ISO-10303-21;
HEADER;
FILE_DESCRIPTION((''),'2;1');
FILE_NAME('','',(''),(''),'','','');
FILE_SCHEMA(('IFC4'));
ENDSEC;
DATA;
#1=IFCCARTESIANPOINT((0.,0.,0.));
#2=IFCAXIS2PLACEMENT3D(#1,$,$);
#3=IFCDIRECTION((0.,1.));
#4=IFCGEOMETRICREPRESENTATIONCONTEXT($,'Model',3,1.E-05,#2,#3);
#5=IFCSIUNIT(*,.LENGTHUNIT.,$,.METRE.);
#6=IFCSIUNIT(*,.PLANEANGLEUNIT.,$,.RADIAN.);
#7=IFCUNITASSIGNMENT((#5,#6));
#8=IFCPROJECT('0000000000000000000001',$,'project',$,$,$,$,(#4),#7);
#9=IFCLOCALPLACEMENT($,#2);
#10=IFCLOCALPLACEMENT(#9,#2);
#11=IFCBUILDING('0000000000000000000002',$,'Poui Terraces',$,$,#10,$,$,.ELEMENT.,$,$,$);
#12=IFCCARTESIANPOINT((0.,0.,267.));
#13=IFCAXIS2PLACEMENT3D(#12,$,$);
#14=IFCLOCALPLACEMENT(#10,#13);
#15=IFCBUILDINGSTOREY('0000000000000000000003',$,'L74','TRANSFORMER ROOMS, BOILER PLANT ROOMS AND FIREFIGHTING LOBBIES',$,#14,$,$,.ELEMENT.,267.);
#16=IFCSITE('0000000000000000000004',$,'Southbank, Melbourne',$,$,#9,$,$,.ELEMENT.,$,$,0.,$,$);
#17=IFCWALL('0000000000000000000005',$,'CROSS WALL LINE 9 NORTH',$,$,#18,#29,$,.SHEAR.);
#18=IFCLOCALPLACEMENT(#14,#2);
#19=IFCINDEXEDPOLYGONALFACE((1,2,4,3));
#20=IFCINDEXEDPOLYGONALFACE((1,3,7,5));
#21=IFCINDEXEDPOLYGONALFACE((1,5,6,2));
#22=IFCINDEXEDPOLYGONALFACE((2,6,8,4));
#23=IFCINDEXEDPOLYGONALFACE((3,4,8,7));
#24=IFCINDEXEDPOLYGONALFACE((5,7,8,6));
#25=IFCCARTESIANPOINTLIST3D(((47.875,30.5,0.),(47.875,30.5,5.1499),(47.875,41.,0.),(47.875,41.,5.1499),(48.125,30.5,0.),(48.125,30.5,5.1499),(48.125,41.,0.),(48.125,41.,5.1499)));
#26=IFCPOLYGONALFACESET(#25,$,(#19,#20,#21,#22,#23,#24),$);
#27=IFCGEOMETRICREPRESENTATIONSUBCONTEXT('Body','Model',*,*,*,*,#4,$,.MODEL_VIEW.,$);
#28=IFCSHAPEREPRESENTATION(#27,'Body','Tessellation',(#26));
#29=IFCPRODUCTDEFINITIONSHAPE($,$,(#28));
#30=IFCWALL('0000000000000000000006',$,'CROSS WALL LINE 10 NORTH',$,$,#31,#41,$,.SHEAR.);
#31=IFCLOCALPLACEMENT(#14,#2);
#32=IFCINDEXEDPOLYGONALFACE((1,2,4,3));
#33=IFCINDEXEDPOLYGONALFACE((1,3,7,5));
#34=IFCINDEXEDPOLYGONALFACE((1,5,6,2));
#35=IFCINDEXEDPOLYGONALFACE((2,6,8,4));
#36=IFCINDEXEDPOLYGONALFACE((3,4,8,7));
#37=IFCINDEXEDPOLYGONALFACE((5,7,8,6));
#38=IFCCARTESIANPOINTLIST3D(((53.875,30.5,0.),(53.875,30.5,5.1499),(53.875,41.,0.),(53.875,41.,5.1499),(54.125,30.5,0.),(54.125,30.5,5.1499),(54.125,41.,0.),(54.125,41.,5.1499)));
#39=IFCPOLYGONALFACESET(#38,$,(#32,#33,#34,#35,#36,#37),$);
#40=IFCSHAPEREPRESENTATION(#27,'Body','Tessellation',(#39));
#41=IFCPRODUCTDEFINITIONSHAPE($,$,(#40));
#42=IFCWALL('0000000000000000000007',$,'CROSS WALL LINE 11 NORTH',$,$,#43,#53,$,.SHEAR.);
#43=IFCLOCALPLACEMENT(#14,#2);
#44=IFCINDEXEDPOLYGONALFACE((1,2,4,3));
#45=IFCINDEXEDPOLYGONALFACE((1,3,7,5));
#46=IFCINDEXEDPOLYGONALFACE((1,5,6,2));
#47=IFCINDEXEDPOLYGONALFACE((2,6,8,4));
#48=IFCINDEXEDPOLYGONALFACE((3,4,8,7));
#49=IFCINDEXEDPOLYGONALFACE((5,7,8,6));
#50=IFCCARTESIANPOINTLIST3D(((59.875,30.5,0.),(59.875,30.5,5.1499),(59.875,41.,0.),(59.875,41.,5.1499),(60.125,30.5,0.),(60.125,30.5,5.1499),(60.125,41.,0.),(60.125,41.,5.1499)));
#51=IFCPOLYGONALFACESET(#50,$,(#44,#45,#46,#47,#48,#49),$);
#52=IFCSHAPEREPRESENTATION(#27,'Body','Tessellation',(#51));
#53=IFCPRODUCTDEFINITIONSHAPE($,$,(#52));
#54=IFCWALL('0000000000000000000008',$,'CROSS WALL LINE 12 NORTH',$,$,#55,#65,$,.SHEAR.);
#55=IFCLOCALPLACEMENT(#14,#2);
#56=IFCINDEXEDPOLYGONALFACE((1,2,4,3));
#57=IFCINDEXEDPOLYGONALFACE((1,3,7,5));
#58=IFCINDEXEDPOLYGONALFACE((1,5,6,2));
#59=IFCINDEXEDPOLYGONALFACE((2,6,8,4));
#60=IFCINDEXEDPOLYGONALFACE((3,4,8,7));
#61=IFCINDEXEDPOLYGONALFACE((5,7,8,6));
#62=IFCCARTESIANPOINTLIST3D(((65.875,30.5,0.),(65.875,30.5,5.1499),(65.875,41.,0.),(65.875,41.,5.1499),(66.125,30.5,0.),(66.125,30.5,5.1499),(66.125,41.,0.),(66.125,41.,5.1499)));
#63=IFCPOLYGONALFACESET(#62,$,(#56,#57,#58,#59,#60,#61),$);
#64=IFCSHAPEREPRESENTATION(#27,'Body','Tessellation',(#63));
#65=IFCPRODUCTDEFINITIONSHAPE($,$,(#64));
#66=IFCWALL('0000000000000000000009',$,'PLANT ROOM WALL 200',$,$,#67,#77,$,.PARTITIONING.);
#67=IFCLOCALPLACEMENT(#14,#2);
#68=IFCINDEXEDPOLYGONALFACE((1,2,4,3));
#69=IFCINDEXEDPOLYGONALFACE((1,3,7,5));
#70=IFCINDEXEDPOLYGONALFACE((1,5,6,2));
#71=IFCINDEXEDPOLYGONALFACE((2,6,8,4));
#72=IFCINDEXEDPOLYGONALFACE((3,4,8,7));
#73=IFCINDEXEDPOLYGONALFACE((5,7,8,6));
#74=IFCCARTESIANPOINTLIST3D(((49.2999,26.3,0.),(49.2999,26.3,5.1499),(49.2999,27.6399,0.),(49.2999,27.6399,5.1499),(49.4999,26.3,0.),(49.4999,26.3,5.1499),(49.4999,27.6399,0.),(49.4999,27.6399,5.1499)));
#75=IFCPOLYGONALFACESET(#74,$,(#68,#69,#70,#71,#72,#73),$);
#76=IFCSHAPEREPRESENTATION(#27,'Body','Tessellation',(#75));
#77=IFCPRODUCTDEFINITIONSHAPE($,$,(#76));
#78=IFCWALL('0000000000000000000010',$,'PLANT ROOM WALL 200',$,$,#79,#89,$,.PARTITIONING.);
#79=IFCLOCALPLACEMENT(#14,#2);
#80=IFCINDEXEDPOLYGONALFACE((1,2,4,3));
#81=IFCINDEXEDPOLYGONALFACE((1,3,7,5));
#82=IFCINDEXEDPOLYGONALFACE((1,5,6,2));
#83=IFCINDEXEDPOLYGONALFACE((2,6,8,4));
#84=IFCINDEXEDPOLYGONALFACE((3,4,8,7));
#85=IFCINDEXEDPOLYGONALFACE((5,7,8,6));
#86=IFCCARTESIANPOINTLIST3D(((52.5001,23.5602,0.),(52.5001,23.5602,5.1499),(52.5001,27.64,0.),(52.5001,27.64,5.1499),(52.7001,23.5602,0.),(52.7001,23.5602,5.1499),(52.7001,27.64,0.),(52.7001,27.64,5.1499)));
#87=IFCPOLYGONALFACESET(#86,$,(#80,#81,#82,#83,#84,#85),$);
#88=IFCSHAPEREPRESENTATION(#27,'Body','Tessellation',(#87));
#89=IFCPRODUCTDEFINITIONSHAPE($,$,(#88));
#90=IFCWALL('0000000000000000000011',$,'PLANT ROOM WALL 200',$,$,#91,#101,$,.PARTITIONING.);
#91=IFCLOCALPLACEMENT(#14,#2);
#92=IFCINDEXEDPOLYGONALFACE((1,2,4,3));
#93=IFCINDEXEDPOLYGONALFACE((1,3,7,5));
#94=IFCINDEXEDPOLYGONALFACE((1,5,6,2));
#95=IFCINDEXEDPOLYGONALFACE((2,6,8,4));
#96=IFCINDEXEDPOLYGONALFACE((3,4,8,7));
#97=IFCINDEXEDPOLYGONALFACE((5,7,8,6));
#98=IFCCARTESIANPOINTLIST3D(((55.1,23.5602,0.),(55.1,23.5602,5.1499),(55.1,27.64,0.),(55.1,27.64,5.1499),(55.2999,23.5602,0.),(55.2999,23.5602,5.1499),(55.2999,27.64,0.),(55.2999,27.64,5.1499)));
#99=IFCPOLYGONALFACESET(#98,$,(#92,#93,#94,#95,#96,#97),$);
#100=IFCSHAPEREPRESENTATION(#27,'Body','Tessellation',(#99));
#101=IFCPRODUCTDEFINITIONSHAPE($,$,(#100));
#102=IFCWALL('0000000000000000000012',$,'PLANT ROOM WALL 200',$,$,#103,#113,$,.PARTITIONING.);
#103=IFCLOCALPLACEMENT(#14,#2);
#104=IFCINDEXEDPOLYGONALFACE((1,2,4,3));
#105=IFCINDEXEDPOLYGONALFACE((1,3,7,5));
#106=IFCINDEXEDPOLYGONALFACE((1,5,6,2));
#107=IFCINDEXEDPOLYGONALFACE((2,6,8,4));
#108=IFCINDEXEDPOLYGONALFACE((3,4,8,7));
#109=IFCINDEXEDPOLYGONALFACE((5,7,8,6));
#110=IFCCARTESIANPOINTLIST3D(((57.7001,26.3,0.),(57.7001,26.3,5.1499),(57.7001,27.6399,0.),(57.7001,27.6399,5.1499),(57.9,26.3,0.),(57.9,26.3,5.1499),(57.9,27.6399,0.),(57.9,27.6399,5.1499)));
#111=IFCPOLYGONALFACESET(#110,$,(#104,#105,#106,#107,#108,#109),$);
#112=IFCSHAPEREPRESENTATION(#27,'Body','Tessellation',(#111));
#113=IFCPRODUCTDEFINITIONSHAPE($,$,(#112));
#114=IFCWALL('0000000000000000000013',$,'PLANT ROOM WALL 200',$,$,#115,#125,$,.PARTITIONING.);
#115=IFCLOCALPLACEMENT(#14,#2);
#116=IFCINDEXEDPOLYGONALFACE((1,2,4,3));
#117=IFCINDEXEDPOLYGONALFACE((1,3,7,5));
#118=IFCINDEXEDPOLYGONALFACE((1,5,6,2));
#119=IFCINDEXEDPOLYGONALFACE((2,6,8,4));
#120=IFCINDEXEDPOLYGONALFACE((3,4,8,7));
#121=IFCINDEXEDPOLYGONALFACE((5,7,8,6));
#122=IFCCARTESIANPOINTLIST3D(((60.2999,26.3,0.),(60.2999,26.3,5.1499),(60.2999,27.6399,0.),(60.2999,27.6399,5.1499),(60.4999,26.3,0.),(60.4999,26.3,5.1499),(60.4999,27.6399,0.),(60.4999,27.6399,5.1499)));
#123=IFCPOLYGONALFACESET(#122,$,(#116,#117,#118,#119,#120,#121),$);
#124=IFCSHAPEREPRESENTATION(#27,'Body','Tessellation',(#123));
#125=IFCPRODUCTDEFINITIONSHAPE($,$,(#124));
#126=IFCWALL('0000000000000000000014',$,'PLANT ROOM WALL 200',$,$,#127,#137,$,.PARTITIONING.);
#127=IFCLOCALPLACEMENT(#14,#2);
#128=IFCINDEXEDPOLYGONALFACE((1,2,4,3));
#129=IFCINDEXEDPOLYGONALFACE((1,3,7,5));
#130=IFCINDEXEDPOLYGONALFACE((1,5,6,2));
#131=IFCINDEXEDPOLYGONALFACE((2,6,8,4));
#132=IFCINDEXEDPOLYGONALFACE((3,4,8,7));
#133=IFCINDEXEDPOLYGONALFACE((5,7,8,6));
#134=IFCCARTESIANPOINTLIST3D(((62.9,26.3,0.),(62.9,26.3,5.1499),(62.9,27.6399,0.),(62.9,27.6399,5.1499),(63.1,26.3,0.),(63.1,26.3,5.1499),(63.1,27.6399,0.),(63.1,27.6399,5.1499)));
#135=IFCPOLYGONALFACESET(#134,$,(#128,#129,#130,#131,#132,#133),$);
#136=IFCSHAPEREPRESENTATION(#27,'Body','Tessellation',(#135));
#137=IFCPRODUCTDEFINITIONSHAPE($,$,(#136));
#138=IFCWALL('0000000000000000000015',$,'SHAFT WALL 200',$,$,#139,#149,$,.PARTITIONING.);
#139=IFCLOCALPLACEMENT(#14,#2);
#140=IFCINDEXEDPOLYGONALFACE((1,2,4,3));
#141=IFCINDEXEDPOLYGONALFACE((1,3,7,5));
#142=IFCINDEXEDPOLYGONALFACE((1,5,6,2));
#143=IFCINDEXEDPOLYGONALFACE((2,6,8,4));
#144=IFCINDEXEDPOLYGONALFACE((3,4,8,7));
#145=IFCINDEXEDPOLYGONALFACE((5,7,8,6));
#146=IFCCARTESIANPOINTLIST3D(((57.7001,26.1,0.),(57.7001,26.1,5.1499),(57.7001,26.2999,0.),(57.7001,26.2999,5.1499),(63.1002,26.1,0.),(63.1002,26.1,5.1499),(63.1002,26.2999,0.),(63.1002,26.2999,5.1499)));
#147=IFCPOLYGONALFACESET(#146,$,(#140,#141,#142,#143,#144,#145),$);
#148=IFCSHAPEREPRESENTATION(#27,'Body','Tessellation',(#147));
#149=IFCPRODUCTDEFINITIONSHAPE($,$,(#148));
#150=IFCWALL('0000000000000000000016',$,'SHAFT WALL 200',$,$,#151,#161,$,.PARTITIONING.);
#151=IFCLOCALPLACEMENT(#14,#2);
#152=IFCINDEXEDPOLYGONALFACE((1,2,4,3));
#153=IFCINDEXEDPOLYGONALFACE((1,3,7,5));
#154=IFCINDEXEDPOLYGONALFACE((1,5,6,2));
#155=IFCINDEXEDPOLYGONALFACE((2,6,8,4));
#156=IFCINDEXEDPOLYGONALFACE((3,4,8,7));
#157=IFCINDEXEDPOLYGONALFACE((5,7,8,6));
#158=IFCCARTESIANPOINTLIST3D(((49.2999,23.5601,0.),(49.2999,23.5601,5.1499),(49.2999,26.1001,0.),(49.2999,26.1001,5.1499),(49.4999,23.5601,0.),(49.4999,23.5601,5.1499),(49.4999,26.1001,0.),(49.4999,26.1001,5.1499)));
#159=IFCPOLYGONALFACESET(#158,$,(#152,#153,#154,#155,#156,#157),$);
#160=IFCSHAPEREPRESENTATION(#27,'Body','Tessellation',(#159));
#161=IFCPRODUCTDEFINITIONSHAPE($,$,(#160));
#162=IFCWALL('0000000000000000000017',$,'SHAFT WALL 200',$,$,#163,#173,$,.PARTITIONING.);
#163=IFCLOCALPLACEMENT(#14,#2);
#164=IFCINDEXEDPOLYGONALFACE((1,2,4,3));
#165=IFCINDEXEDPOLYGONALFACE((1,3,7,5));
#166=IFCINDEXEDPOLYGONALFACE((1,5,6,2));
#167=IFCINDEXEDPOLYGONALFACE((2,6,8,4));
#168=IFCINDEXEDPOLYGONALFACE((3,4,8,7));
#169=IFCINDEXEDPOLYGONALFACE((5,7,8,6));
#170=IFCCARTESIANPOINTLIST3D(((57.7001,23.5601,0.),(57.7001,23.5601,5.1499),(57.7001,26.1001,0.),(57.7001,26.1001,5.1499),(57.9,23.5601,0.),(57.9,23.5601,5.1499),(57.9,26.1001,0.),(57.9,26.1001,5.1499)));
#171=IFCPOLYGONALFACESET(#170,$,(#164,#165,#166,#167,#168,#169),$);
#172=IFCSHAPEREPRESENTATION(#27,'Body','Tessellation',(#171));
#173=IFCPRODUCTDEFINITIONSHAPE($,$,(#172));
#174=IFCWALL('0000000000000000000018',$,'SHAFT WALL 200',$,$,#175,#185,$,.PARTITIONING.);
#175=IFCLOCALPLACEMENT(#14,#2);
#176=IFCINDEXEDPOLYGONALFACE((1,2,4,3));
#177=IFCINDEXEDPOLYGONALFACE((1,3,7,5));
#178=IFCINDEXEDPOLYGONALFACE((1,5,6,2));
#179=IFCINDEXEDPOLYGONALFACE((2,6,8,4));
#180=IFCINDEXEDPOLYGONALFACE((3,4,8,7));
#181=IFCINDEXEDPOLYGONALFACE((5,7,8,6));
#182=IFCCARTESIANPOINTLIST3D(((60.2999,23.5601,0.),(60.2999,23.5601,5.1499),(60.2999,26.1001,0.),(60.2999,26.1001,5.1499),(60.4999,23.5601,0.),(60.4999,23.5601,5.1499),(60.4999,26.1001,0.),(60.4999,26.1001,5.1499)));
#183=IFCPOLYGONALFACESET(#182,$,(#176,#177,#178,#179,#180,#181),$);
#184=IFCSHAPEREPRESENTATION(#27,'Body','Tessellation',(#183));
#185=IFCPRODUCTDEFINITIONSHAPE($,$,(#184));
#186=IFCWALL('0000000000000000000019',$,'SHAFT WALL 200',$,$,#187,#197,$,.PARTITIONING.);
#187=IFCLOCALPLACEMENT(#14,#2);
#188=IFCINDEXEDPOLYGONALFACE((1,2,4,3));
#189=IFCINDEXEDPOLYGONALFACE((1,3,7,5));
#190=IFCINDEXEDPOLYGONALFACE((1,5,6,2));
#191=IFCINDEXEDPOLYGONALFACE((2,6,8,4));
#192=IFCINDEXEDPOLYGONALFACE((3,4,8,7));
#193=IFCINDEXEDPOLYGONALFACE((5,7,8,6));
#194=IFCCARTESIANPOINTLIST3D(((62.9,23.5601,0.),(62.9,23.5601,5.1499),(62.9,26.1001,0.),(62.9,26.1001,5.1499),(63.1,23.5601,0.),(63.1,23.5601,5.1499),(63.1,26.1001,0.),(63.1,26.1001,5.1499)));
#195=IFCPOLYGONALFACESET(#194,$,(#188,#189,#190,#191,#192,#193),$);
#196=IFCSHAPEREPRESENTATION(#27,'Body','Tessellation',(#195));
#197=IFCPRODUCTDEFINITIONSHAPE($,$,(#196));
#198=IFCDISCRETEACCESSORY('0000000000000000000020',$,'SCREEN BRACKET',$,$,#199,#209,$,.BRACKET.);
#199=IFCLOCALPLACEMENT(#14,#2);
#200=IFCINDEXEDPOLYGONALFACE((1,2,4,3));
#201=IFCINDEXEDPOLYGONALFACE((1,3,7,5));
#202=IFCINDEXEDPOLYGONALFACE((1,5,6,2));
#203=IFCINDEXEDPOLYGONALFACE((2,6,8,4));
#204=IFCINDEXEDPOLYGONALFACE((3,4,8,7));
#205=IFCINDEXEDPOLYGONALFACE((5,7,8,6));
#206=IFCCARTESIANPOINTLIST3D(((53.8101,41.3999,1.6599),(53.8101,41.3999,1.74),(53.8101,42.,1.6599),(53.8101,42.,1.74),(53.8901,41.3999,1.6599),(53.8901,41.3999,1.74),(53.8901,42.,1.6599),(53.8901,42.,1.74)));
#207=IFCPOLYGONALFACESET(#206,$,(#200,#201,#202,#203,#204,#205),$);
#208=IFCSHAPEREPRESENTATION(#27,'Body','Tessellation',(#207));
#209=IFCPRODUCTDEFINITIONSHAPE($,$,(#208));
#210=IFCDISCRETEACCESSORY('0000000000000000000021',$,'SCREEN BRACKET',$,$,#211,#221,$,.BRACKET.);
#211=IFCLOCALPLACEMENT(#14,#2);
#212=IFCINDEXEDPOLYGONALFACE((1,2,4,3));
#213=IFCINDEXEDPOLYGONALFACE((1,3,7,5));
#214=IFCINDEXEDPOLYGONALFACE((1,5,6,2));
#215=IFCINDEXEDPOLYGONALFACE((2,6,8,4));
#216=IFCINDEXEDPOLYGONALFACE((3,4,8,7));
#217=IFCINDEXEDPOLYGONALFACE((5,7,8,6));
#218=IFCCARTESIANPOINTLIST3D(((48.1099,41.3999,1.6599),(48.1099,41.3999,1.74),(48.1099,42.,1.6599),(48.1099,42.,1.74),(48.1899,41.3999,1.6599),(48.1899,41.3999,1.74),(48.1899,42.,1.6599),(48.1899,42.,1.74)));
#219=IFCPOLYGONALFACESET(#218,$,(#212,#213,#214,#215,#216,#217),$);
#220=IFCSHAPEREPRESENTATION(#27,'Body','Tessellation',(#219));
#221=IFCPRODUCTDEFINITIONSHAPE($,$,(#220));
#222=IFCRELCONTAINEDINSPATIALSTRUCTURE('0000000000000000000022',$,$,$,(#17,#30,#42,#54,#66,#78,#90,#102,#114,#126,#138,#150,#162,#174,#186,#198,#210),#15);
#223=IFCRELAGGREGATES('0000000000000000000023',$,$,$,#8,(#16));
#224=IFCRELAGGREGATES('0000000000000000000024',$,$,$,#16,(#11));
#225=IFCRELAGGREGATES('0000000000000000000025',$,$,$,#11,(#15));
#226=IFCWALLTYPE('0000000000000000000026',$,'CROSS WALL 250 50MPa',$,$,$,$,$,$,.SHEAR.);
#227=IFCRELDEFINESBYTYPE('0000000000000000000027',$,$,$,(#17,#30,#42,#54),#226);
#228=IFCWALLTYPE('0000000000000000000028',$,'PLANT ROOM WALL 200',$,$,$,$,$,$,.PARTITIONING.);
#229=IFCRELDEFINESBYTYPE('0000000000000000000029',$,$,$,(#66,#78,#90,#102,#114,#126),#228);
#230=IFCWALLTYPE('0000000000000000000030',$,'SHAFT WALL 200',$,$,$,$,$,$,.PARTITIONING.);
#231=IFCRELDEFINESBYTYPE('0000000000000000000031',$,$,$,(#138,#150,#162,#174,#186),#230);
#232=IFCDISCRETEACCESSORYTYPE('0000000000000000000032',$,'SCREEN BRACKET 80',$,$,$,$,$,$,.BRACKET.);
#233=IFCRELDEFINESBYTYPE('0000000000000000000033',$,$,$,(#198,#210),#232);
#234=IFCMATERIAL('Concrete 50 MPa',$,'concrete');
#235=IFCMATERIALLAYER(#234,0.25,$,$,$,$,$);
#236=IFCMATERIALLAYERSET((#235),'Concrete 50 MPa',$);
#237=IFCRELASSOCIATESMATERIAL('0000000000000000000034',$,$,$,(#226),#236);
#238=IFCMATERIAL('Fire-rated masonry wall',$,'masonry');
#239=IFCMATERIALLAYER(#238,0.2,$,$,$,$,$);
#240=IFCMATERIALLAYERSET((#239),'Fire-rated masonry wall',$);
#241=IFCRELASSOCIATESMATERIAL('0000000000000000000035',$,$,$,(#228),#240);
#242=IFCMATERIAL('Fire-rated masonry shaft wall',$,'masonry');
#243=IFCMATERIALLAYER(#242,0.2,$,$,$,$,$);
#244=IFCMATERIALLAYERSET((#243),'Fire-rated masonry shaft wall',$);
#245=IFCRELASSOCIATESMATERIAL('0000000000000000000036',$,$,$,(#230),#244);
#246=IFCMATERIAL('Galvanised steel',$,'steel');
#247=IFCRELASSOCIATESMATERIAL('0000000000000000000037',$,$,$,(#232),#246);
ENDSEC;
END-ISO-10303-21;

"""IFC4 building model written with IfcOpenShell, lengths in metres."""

from ifc_helpers import new_model, si_unit, direction, frame, frame_2d, origin, origin_2d, place, context, subcontext, project, spatial, rectangle, extrude, source, transform, mapped, material, layer, layer_set, material_profile, profile_set, type_object, element, save


model = new_model("IFC4")

# Units and contexts
model_context = context("Model", 3, precision=1e-05, world=origin(), true_north=direction((0.0, 1.0)))
body_context = subcontext(model_context, "Body", "Model", "MODEL_VIEW")
ifc_project = project(units=[si_unit("LENGTHUNIT", "METRE"), si_unit("PLANEANGLEUNIT", "RADIAN")], contexts=[model_context])

# Site, building, storey
site_placement = place(None, origin())
site = spatial("IfcSite", under=ifc_project, at=site_placement, Name="Southbank, Melbourne", CompositionType="ELEMENT", RefElevation=0.0)
building_placement = place(site_placement, origin())
building = spatial("IfcBuilding", under=site, at=building_placement, Name="Poui Terraces", CompositionType="ELEMENT")
storey_placement = place(building_placement, frame((0.0, 0.0, 267.0)))
storey = spatial("IfcBuildingStorey", under=building, at=storey_placement, Name="L74", Description="TRANSFORMER ROOMS, BOILER PLANT ROOMS AND FIREFIGHTING LOBBIES", CompositionType="ELEMENT", Elevation=267.0)

# Shared definitions
ifc_material_1 = material(Name="Concrete 50 MPa", Category="concrete")

# Walls
ifc_layer_1 = layer(ifc_material_1, 0.25)
ifc_layer_set_1 = layer_set([ifc_layer_1], Name="Concrete 50 MPa")
wall_type_1 = type_object("IfcWallType", Name="CROSS WALL 250 50MPa", PredefinedType="SHEAR", material=ifc_layer_set_1)
for number, where, z_axis, x_axis, name in (
    (1, (48.0, 30.5, 0.0), (0.0, 0.0, 1.0), (0.0, 1.0, 0.0), "CROSS WALL LINE 9 NORTH"),
    (2, (54.0, 30.5, 0.0), (0.0, 0.0, 1.0), (0.0, 1.0, 0.0), "CROSS WALL LINE 10 NORTH"),
    (3, (60.0, 30.5, 0.0), (0.0, 0.0, 1.0), (0.0, 1.0, 0.0), "CROSS WALL LINE 11 NORTH"),
    (4, (66.0, 30.5, 0.0), (0.0, 0.0, 1.0), (0.0, 1.0, 0.0), "CROSS WALL LINE 12 NORTH"),
):
    element("IfcWall", number, at=place(storey_placement, frame(where, z_axis=z_axis, x_axis=x_axis)), inside=storey, type_object=wall_type_1, Name=name, PredefinedType="SHEAR", context=body_context, shape_type="SweptSolid", body=[
        extrude(rectangle(XDim=10.5, YDim=0.25, at=frame_2d((5.25, 0.0))), origin(), (0.0, 0.0, 1.0), 5.1499),
    ])
ifc_material_2 = material(Name="Fire-rated masonry wall", Category="masonry")
ifc_layer_2 = layer(ifc_material_2, 0.2)
ifc_layer_set_2 = layer_set([ifc_layer_2], Name="Fire-rated masonry wall")
wall_type_2 = type_object("IfcWallType", Name="PLANT ROOM WALL 200", PredefinedType="PARTITIONING", material=ifc_layer_set_2)
wall_1_placement = place(storey_placement, frame((49.3999, 26.3, 0.0), z_axis=(0.0, 0.0, 1.0), x_axis=(0.0, 1.0, 0.0)))
element("IfcWall", 5, at=wall_1_placement, inside=storey, type_object=wall_type_2, Name="PLANT ROOM WALL 200", PredefinedType="PARTITIONING", context=body_context, shape_type="SweptSolid", body=[
    extrude(rectangle(XDim=1.3398, YDim=0.2, at=frame_2d((0.6699, 0.0))), origin(), (0.0, 0.0, 1.0), 5.1499),
])
for number, where, z_axis, x_axis, name in (
    (6, (52.6001, 23.5601, 0.0), (0.0, 0.0, 1.0), (0.0, 1.0, 0.0), "PLANT ROOM WALL 200"),
    (7, (55.2, 23.5601, 0.0), (0.0, 0.0, 1.0), (0.0, 1.0, 0.0), "PLANT ROOM WALL 200"),
):
    element("IfcWall", number, at=place(storey_placement, frame(where, z_axis=z_axis, x_axis=x_axis)), inside=storey, type_object=wall_type_2, Name=name, PredefinedType="PARTITIONING", context=body_context, shape_type="SweptSolid", body=[
        extrude(rectangle(XDim=4.0798, YDim=0.2, at=frame_2d((2.04, 0.0))), origin(), (0.0, 0.0, 1.0), 5.1499),
    ])
for number, where, z_axis, x_axis, name in (
    (8, (57.8, 26.3, 0.0), (0.0, 0.0, 1.0), (0.0, 1.0, 0.0), "PLANT ROOM WALL 200"),
    (9, (60.3999, 26.3, 0.0), (0.0, 0.0, 1.0), (0.0, 1.0, 0.0), "PLANT ROOM WALL 200"),
    (10, (63.0, 26.3, 0.0), (0.0, 0.0, 1.0), (0.0, 1.0, 0.0), "PLANT ROOM WALL 200"),
):
    element("IfcWall", number, at=place(storey_placement, frame(where, z_axis=z_axis, x_axis=x_axis)), inside=storey, type_object=wall_type_2, Name=name, PredefinedType="PARTITIONING", context=body_context, shape_type="SweptSolid", body=[
        extrude(rectangle(XDim=1.3398, YDim=0.2, at=frame_2d((0.6699, 0.0))), origin(), (0.0, 0.0, 1.0), 5.1499),
    ])
ifc_material_3 = material(Name="Fire-rated masonry shaft wall", Category="masonry")
ifc_layer_3 = layer(ifc_material_3, 0.2)
ifc_layer_set_3 = layer_set([ifc_layer_3], Name="Fire-rated masonry shaft wall")
wall_type_3 = type_object("IfcWallType", Name="SHAFT WALL 200", PredefinedType="PARTITIONING", material=ifc_layer_set_3)
wall_2_placement = place(storey_placement, frame((57.7, 26.2, 0.0), z_axis=(0.0, 0.0, 1.0), x_axis=(1.0, 0.0, 0.0)))
element("IfcWall", 11, at=wall_2_placement, inside=storey, type_object=wall_type_3, Name="SHAFT WALL 200", PredefinedType="PARTITIONING", context=body_context, shape_type="SweptSolid", body=[
    extrude(rectangle(XDim=5.4001, YDim=0.2, at=frame_2d((2.7002, 0.0))), origin(), (0.0, 0.0, 1.0), 5.1499),
])
for number, where, z_axis, x_axis, name in (
    (12, (49.3999, 23.5601, 0.0), (0.0, 0.0, 1.0), (0.0, 1.0, 0.0), "SHAFT WALL 200"),
    (13, (57.8, 23.5601, 0.0), (0.0, 0.0, 1.0), (0.0, 1.0, 0.0), "SHAFT WALL 200"),
    (14, (60.3999, 23.5601, 0.0), (0.0, 0.0, 1.0), (0.0, 1.0, 0.0), "SHAFT WALL 200"),
    (15, (63.0, 23.5601, 0.0), (0.0, 0.0, 1.0), (0.0, 1.0, 0.0), "SHAFT WALL 200"),
):
    element("IfcWall", number, at=place(storey_placement, frame(where, z_axis=z_axis, x_axis=x_axis)), inside=storey, type_object=wall_type_3, Name=name, PredefinedType="PARTITIONING", context=body_context, shape_type="SweptSolid", body=[
        extrude(rectangle(XDim=2.54, YDim=0.2, at=frame_2d((1.27, 0.0))), origin(), (0.0, 0.0, 1.0), 5.1499),
    ])

# Discrete accessories
ifc_material_4 = material(Name="Galvanised steel", Category="steel")
ifc_material_profile_1 = material_profile(ifc_material_4, rectangle(XDim=0.0801, YDim=0.0801, at=origin_2d()), Name="SCREEN BRACKET 80")
ifc_profile_set_1 = profile_set([ifc_material_profile_1], Name="Galvanised steel")
discrete_accessory_type = type_object("IfcDiscreteAccessoryType", Name="SCREEN BRACKET 80", PredefinedType="BRACKET", material=ifc_profile_set_1)
shared_shape_1 = source(origin(), body_context, "Body", "SweptSolid", [
    extrude(rectangle(XDim=0.0801, YDim=0.0801, at=origin_2d()), origin(), (0.0, 0.0, 1.0), 0.6001),
])
for number, where, z_axis, x_axis, name in (
    (16, (53.8501, 41.3999, 1.7), (0.0, 1.0, 0.0), (-1.0, 0.0, 0.0), "SCREEN BRACKET"),
    (17, (48.1499, 41.3999, 1.7), (0.0, 1.0, 0.0), (-1.0, 0.0, 0.0), "SCREEN BRACKET"),
):
    element("IfcDiscreteAccessory", number, at=place(storey_placement, frame(where, z_axis=z_axis, x_axis=x_axis)), inside=storey, type_object=discrete_accessory_type, Name=name, PredefinedType="BRACKET", context=body_context, shape_type="MappedRepresentation", body=[
        mapped(shared_shape_1, transform((0.0, 0.0, 0.0))),
    ])

save(model, "model.ifc")
